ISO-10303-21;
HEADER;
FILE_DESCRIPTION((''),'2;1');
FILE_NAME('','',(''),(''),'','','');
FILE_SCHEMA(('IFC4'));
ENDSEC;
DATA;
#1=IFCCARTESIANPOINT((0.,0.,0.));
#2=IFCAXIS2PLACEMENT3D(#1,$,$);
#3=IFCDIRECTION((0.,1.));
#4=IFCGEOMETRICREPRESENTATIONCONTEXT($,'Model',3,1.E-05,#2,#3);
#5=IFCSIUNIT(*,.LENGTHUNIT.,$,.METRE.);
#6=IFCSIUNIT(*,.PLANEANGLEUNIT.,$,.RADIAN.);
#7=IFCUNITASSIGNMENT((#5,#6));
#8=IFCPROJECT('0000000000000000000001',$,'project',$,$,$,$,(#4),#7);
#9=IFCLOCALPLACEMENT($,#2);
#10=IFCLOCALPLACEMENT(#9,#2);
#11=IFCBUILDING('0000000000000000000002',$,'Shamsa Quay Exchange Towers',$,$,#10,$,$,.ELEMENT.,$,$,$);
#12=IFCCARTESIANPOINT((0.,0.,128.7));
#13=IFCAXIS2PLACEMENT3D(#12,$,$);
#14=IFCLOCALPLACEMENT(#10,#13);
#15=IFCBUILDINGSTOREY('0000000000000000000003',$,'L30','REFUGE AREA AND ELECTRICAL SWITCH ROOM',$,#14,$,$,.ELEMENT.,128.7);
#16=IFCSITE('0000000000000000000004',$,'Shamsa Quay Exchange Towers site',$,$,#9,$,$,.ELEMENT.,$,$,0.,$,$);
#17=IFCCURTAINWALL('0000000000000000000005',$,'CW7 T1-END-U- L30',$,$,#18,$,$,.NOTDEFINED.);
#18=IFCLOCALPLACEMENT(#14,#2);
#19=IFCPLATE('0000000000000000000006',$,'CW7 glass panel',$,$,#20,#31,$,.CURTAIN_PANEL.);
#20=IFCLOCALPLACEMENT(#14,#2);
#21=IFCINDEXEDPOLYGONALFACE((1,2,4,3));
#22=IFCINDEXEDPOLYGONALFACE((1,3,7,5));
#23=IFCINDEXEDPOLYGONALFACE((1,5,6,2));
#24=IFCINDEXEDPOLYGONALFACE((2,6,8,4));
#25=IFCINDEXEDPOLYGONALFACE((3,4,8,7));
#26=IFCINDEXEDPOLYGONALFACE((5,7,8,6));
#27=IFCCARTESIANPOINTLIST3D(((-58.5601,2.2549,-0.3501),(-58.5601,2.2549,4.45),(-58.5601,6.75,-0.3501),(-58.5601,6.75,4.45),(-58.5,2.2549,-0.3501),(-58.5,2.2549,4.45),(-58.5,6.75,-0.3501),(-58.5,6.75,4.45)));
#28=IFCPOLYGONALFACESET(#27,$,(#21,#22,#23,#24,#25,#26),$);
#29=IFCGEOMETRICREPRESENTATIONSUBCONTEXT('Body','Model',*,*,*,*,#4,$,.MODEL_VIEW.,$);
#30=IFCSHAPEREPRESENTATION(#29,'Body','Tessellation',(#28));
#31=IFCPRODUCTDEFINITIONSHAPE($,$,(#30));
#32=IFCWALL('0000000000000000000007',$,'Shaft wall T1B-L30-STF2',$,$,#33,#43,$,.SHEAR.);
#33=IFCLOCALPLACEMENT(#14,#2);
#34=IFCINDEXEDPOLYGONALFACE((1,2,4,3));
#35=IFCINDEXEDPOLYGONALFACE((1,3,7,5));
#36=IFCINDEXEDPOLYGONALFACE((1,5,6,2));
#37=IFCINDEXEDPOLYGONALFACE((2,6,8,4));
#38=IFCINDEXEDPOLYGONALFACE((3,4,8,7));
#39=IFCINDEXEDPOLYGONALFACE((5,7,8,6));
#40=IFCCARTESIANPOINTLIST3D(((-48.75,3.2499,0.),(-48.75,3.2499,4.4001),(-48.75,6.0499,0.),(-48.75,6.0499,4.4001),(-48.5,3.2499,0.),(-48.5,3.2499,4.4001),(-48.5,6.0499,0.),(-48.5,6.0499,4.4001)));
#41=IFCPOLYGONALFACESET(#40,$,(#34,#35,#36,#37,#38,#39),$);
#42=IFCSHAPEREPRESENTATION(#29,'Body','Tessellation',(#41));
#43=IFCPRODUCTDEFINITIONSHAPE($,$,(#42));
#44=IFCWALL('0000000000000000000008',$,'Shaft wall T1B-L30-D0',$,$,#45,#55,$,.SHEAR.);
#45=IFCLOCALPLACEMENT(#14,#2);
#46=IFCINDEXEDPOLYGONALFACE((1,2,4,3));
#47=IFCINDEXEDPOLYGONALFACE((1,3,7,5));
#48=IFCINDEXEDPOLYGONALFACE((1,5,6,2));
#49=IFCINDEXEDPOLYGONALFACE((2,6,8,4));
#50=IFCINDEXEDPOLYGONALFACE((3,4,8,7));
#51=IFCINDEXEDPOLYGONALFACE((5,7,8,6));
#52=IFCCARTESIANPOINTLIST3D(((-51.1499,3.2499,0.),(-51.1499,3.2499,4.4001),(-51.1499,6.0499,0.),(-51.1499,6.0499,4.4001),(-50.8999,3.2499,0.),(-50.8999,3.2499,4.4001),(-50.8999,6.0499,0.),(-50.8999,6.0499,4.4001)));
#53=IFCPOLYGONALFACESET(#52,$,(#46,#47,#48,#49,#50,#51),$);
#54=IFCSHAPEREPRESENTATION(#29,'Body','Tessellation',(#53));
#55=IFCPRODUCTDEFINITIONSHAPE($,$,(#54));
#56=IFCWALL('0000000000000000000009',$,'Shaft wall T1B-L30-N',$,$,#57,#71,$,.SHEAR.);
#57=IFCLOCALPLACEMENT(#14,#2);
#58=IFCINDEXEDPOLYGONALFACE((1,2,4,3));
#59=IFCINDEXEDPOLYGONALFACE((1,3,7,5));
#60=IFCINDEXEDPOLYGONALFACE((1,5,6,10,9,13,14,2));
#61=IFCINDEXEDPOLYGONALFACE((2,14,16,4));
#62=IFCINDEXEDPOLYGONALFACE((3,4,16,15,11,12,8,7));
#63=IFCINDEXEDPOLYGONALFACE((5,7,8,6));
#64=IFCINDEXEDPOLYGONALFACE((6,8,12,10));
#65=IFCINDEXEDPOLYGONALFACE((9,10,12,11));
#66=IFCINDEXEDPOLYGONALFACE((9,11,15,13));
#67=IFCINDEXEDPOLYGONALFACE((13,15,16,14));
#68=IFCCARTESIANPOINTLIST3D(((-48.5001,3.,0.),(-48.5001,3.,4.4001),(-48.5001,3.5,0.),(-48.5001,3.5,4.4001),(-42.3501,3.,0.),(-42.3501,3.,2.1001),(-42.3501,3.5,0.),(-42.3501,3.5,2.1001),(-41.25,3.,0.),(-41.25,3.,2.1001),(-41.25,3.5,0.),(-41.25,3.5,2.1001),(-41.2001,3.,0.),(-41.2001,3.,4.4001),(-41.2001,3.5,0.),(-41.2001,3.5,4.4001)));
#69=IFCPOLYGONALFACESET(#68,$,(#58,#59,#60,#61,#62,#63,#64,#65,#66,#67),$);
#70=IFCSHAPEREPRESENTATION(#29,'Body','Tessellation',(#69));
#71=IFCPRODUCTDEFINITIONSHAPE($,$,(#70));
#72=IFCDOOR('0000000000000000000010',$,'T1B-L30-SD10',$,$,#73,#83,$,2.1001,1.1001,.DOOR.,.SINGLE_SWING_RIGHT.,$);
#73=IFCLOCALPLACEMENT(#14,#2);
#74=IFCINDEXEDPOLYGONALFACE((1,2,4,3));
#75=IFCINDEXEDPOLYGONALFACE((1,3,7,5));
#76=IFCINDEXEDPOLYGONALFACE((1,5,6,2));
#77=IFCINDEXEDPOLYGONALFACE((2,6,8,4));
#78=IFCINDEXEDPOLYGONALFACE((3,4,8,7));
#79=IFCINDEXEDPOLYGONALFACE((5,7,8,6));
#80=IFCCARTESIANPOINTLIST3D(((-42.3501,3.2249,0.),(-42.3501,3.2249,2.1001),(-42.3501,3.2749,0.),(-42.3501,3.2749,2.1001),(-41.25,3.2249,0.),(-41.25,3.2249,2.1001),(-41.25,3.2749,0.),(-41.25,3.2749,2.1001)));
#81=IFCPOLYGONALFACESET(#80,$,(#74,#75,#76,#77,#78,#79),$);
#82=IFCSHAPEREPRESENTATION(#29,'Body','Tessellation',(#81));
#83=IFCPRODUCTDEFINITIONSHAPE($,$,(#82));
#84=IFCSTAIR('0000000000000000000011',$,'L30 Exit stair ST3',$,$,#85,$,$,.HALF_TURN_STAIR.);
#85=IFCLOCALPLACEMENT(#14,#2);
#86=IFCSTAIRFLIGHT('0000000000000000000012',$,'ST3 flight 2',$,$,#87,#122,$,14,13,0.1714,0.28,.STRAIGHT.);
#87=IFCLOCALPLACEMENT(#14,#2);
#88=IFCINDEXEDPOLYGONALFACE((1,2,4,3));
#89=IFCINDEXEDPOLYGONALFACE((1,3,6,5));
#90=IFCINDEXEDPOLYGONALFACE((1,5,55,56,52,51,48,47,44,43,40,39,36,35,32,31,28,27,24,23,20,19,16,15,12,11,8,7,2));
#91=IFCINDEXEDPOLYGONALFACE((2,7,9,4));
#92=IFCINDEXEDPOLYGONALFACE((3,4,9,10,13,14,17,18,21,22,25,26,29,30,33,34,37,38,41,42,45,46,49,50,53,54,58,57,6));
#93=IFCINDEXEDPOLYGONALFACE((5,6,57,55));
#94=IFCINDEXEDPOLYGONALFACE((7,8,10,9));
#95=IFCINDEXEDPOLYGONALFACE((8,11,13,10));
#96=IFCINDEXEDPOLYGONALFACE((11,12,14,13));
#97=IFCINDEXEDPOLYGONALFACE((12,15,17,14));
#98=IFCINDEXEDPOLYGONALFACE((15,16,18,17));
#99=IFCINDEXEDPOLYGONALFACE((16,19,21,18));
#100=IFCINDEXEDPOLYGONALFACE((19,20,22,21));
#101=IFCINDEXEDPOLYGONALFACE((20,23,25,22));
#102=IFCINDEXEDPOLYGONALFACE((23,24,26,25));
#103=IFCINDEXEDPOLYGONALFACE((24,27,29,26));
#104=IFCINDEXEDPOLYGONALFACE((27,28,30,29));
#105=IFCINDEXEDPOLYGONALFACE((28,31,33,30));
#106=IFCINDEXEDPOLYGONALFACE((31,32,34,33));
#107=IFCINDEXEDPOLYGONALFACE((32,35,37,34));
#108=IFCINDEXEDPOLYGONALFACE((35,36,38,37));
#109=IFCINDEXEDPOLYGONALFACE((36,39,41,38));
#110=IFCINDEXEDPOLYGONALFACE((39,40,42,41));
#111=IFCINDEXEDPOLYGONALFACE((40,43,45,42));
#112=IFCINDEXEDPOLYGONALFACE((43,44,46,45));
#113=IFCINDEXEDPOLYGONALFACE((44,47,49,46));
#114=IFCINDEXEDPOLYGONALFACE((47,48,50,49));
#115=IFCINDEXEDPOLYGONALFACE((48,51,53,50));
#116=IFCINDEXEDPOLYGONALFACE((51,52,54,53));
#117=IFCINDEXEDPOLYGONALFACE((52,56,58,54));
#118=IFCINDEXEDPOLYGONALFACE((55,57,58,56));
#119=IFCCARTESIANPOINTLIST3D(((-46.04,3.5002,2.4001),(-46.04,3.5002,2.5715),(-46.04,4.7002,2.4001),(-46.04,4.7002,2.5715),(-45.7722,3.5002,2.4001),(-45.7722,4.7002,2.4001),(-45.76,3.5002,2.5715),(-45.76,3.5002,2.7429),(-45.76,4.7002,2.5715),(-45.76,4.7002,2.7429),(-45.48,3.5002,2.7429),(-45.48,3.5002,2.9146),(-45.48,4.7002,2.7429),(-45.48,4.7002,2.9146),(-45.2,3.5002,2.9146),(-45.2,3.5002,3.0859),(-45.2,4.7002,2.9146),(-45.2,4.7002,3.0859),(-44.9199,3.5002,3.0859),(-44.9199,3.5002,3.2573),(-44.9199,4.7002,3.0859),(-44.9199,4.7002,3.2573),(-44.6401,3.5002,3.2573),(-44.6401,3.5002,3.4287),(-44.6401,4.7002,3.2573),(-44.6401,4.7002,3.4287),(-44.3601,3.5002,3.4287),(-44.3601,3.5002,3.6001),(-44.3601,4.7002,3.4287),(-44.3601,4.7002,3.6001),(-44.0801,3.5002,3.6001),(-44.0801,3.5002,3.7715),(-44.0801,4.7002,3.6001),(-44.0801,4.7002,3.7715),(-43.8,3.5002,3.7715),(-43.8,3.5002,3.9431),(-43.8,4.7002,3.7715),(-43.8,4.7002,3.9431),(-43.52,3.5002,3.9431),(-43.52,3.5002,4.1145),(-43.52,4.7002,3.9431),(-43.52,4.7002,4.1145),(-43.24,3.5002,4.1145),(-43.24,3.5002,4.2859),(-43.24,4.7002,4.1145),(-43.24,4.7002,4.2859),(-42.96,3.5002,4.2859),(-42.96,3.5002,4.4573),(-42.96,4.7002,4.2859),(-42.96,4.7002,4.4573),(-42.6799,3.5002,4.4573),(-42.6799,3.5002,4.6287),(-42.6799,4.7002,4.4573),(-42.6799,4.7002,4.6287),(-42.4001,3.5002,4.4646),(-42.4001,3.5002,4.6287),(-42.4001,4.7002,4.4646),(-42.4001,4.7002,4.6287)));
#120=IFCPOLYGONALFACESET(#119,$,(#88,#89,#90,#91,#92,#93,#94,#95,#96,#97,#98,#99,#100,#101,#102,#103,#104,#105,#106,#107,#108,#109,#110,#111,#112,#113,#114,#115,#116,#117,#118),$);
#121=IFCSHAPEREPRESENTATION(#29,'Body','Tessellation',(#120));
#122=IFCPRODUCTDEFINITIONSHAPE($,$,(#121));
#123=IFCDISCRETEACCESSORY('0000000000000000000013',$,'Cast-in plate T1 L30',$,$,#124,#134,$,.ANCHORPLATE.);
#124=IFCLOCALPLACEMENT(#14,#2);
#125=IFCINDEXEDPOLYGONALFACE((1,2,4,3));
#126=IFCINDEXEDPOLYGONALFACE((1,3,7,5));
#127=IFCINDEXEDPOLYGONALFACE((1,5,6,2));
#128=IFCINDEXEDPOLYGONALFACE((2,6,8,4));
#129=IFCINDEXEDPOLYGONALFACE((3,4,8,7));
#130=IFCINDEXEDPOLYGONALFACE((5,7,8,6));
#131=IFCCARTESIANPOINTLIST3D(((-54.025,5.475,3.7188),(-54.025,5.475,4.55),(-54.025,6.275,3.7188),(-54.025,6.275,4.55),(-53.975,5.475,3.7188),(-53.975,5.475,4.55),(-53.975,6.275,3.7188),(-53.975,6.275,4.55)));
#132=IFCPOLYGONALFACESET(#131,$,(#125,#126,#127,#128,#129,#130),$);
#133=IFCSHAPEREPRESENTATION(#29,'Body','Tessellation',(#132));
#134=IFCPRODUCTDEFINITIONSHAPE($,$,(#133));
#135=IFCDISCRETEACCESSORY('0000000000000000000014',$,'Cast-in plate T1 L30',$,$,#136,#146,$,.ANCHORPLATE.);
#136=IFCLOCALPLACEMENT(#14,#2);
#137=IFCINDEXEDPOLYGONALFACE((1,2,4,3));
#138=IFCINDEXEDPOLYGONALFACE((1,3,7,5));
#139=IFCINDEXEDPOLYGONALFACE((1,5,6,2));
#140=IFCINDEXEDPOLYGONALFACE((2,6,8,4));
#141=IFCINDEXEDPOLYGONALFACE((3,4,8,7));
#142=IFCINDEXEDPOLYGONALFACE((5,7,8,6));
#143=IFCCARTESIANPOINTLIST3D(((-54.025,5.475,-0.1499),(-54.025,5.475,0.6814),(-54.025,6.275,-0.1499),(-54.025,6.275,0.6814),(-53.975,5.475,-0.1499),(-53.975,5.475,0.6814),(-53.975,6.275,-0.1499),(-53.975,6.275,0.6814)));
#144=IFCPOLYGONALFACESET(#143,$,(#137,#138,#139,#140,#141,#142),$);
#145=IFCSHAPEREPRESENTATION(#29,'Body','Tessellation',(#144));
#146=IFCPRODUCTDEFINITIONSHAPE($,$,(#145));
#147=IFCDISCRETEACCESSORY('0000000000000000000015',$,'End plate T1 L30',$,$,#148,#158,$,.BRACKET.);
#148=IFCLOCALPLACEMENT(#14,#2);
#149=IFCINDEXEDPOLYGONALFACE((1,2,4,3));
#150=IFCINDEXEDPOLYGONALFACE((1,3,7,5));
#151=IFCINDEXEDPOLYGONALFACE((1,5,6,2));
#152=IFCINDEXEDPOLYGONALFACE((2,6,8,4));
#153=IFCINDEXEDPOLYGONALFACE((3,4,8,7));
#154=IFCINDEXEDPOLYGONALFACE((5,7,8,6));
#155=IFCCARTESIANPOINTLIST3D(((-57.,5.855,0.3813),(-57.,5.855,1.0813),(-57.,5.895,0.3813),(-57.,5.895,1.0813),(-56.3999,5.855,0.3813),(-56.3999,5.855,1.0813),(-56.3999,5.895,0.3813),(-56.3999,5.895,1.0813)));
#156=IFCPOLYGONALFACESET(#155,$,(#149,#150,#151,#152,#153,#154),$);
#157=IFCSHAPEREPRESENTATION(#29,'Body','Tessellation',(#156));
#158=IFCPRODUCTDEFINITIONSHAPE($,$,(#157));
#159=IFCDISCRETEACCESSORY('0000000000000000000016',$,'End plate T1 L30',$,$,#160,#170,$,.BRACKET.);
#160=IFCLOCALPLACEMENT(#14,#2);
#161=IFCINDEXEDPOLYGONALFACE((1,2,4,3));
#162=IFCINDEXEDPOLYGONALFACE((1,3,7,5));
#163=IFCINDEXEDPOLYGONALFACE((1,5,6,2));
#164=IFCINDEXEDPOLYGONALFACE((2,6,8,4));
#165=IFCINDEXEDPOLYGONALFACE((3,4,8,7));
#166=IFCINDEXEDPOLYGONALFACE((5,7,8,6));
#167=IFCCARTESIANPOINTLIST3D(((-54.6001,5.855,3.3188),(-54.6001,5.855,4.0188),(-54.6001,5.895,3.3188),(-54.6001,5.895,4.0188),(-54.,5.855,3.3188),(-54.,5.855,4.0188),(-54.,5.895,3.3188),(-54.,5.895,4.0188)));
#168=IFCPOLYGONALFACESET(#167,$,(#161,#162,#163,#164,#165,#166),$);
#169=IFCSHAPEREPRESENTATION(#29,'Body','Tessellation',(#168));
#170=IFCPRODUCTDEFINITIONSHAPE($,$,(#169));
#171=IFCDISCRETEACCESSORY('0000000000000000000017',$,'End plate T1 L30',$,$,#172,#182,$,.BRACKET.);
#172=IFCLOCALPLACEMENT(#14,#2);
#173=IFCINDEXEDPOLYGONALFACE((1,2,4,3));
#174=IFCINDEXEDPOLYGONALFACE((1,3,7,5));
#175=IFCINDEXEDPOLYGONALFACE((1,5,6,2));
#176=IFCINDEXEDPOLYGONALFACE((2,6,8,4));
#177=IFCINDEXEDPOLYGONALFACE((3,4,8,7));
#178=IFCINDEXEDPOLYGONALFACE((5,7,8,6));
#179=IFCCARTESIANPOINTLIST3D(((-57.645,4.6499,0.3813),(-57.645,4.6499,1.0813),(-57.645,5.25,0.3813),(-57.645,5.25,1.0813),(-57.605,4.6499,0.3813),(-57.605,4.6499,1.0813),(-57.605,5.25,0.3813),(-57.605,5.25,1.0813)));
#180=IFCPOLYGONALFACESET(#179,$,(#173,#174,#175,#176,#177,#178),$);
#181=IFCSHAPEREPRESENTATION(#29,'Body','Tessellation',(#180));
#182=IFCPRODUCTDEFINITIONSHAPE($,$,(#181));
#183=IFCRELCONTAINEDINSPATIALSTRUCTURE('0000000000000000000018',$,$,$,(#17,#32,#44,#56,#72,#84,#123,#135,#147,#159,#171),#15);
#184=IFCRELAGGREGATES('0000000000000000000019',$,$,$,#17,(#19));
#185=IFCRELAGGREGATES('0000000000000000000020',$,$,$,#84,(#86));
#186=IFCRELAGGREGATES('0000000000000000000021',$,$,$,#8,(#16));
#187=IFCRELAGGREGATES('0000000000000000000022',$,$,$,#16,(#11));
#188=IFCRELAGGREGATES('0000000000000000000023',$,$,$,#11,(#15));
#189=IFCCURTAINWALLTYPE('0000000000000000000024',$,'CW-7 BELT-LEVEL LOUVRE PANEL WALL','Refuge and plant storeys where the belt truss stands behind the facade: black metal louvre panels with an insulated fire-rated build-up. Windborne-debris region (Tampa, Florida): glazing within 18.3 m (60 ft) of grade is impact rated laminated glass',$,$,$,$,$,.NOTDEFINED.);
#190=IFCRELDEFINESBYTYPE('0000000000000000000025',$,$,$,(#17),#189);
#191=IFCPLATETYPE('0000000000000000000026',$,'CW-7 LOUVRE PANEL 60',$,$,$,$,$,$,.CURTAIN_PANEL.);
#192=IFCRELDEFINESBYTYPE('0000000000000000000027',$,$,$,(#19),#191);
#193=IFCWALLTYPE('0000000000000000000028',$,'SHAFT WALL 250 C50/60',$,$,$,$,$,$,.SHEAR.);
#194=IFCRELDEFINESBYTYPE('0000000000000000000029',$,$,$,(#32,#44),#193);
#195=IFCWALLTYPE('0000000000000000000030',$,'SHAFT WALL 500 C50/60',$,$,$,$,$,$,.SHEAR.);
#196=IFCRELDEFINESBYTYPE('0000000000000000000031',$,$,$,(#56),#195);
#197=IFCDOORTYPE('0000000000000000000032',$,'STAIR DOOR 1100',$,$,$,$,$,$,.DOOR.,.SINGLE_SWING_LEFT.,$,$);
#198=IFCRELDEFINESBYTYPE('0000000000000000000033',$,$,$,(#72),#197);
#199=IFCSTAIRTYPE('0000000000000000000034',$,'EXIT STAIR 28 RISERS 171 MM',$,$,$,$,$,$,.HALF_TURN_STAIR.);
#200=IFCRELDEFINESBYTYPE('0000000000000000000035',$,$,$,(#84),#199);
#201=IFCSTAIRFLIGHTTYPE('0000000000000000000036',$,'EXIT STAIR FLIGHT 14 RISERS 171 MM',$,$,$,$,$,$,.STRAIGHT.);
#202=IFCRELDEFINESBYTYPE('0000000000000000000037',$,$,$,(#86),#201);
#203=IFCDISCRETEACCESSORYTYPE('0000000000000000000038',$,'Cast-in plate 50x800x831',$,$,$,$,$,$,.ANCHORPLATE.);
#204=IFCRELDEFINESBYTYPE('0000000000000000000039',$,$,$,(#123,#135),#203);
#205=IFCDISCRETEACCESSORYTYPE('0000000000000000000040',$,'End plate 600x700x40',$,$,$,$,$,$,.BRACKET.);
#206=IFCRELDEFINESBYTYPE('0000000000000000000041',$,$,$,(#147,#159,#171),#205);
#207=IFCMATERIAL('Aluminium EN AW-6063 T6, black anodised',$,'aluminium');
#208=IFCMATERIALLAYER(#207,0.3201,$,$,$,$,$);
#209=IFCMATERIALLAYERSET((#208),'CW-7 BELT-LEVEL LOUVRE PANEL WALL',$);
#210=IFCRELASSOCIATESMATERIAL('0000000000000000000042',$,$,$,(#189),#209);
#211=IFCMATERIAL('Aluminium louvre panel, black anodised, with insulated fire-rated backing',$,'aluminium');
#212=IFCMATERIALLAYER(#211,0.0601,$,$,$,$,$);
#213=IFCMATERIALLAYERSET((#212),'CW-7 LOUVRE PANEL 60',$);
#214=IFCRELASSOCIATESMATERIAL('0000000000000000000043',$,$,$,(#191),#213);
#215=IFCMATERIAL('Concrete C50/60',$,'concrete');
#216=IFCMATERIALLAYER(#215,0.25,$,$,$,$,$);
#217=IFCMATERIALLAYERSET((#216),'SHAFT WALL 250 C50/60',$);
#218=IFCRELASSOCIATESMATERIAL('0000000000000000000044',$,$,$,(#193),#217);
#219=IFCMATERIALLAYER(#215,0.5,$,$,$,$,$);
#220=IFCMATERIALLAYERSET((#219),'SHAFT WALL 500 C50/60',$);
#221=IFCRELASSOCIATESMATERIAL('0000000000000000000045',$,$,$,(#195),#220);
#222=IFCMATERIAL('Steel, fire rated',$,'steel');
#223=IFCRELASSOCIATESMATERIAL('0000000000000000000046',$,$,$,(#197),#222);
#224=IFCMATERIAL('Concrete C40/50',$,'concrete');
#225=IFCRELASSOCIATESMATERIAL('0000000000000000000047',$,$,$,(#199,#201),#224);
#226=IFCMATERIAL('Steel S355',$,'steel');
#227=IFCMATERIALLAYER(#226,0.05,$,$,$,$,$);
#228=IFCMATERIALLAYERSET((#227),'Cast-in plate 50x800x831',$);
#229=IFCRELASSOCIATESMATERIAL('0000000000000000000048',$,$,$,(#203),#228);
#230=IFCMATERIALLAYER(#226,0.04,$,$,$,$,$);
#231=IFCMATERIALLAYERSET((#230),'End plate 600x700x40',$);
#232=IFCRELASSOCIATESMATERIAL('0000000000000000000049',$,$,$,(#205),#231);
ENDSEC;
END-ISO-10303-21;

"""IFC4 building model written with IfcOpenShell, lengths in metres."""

from ifc_helpers import new_model, si_unit, direction, frame, frame_2d, origin, origin_2d, place, context, subcontext, project, spatial, polyline, rectangle, outline, extrude, material, layer, layer_set, type_object, element, fill, aggregate, save


model = new_model("IFC4")

# Units and contexts
model_context = context("Model", 3, precision=1e-05, world=origin(), true_north=direction((0.0, 1.0)))
body_context = subcontext(model_context, "Body", "Model", "MODEL_VIEW")
ifc_project = project(units=[si_unit("LENGTHUNIT", "METRE"), si_unit("PLANEANGLEUNIT", "RADIAN")], contexts=[model_context])

# Site, building, storey
site_placement = place(None, origin())
site = spatial("IfcSite", under=ifc_project, at=site_placement, Name="Shamsa Quay Exchange Towers site", CompositionType="ELEMENT", RefElevation=0.0)
building_placement = place(site_placement, origin())
building = spatial("IfcBuilding", under=site, at=building_placement, Name="Shamsa Quay Exchange Towers", CompositionType="ELEMENT")
storey_placement = place(building_placement, frame((0.0, 0.0, 128.7)))
storey = spatial("IfcBuildingStorey", under=building, at=storey_placement, Name="L30", Description="REFUGE AREA AND ELECTRICAL SWITCH ROOM", CompositionType="ELEMENT", Elevation=128.7)

# Shared definitions
ifc_material_1 = material(Name="Steel S355", Category="steel")

# Shared definitions
ifc_material_2 = material(Name="Aluminium EN AW-6063 T6, black anodised", Category="aluminium")
ifc_layer_1 = layer(ifc_material_2, 0.3201)
ifc_layer_set_1 = layer_set([ifc_layer_1], Name="CW-7 BELT-LEVEL LOUVRE PANEL WALL")
curtain_wall_type = type_object("IfcCurtainWallType", Name="CW-7 BELT-LEVEL LOUVRE PANEL WALL", Description="Refuge and plant storeys where the belt truss stands behind the facade: black metal louvre panels with an insulated fire-rated build-up. Windborne-debris region (Tampa, Florida): glazing within 18.3 m (60 ft) of grade is impact rated laminated glass", PredefinedType="NOTDEFINED", material=ifc_layer_set_1)
ifc_material_3 = material(Name="Aluminium louvre panel, black anodised, with insulated fire-rated backing", Category="aluminium")
ifc_layer_2 = layer(ifc_material_3, 0.0601)
ifc_layer_set_2 = layer_set([ifc_layer_2], Name="CW-7 LOUVRE PANEL 60")
plate_type = type_object("IfcPlateType", Name="CW-7 LOUVRE PANEL 60", PredefinedType="CURTAIN_PANEL", material=ifc_layer_set_2)

# Curtain wall, plate
curtain_wall_1_placement = place(storey_placement, origin())
curtain_wall_1 = element("IfcCurtainWall", 1, at=curtain_wall_1_placement, inside=storey, type_object=curtain_wall_type, Name="CW7 T1-END-U- L30", PredefinedType="NOTDEFINED")
plate_1_placement = place(storey_placement, frame((-58.53, 4.5024, -0.3501), z_axis=(0.0, 0.0, 1.0), x_axis=(0.0, -1.0, 0.0)))
plate_1 = element("IfcPlate", 2, at=plate_1_placement, type_object=plate_type, Name="CW7 glass panel", PredefinedType="CURTAIN_PANEL", context=body_context, shape_type="SweptSolid", body=[
    extrude(rectangle(XDim=4.4951, YDim=0.0601, at=origin_2d()), origin(), (0.0, 0.0, 1.0), 4.8),
])
aggregate(curtain_wall_1, [plate_1])

# Walls
ifc_material_4 = material(Name="Concrete C50/60", Category="concrete")
ifc_layer_3 = layer(ifc_material_4, 0.25)
ifc_layer_set_3 = layer_set([ifc_layer_3], Name="SHAFT WALL 250 C50/60")
wall_type_1 = type_object("IfcWallType", Name="SHAFT WALL 250 C50/60", PredefinedType="SHEAR", material=ifc_layer_set_3)
for number, where, z_axis, x_axis, name in (
    (3, (-48.625, 3.25, 0.0), (0.0, 0.0, 1.0), (0.0, 1.0, 0.0), "Shaft wall T1B-L30-STF2"),
    (4, (-51.0249, 3.25, 0.0), (0.0, 0.0, 1.0), (0.0, 1.0, 0.0), "Shaft wall T1B-L30-D0"),
):
    element("IfcWall", number, at=place(storey_placement, frame(where, z_axis=z_axis, x_axis=x_axis)), inside=storey, type_object=wall_type_1, Name=name, PredefinedType="SHEAR", context=body_context, shape_type="SweptSolid", body=[
        extrude(rectangle(XDim=2.8, YDim=0.25, at=frame_2d((1.3999, 0.0))), origin(), (0.0, 0.0, 1.0), 4.4001),
    ])

# Wall, opening, door
ifc_layer_4 = layer(ifc_material_4, 0.5)
ifc_layer_set_4 = layer_set([ifc_layer_4], Name="SHAFT WALL 500 C50/60")
wall_type_2 = type_object("IfcWallType", Name="SHAFT WALL 500 C50/60", PredefinedType="SHEAR", material=ifc_layer_set_4)
wall_placement = place(storey_placement, frame((-48.5, 3.25, 0.0)))
wall = element("IfcWall", 5, at=wall_placement, inside=storey, type_object=wall_type_2, Name="Shaft wall T1B-L30-N", PredefinedType="SHEAR", context=body_context, shape_type="SweptSolid", body=[
    extrude(rectangle(XDim=7.3, YDim=0.5, at=frame_2d((3.6499, 0.0))), origin(), (0.0, 0.0, 1.0), 4.4001),
])
opening_placement = place(wall_placement, frame((6.1499, 0.0, 0.0)))
opening = element("IfcOpeningElement", 6, at=opening_placement, cuts=wall, PredefinedType="OPENING", context=body_context, shape_type="SweptSolid", body=[
    extrude(rectangle(XDim=1.1001, YDim=2.1001, at=frame_2d((0.55, 1.05))), frame((0.0, 0.26, 0.0), z_axis=(0.0, -1.0, 0.0), x_axis=(1.0, 0.0, 0.0)), (0.0, 0.0, 1.0), 0.52),
])
ifc_material_5 = material(Name="Steel, fire rated", Category="steel")
door_type = type_object("IfcDoorType", Name="STAIR DOOR 1100", OperationType="SINGLE_SWING_LEFT", PredefinedType="DOOR", material=ifc_material_5)
door_placement = place(opening_placement, origin())
door = element("IfcDoor", 7, at=door_placement, inside=storey, type_object=door_type, Name="T1B-L30-SD10", OperationType="SINGLE_SWING_RIGHT", OverallHeight=2.1001, OverallWidth=1.1001, PredefinedType="DOOR", context=body_context, shape_type="SweptSolid", body=[
    extrude(rectangle(XDim=1.1001, YDim=2.1001, at=frame_2d((0.55, 1.05))), frame((0.0, 0.0249, 0.0), z_axis=(0.0, -1.0, 0.0), x_axis=(1.0, 0.0, 0.0)), (0.0, 0.0, 1.0), 0.05),
])
fill(opening, door)

# Stair, stair flight
ifc_material_6 = material(Name="Concrete C40/50", Category="concrete")
stair_type = type_object("IfcStairType", Name="EXIT STAIR 28 RISERS 171 MM", PredefinedType="HALF_TURN_STAIR", material=ifc_material_6)
stair_placement = place(storey_placement, origin())
stair = element("IfcStair", 8, at=stair_placement, inside=storey, type_object=stair_type, Name="L30 Exit stair ST3", PredefinedType="HALF_TURN_STAIR")
stair_flight_type = type_object("IfcStairFlightType", Name="EXIT STAIR FLIGHT 14 RISERS 171 MM", PredefinedType="STRAIGHT", material=ifc_material_6)
stair_flight_placement = place(storey_placement, frame((-46.04, 4.1001, 2.4001)))
stair_flight = element("IfcStairFlight", 9, at=stair_flight_placement, type_object=stair_flight_type, Name="ST3 flight 2", NumberOfRisers=14, NumberOfTreads=13, PredefinedType="STRAIGHT", RiserHeight=0.1714, TreadLength=0.28, context=body_context, shape_type="SweptSolid", body=[
    extrude(outline(polyline([(0.0, 0.0), (0.0, 0.1714), (0.28, 0.1714), (0.28, 0.3428), (0.5601, 0.3428), (0.5601, 0.5144), (0.8401, 0.5144), (0.8401, 0.6858), (1.1201, 0.6858), (1.1201, 0.8572), (1.3999, 0.8572), (1.3999, 1.0286), (1.6799, 1.0286), (1.6799, 1.2), (1.96, 1.2), (1.96, 1.3713), (2.24, 1.3713), (2.24, 1.543), (2.52, 1.543), (2.52, 1.7144), (2.8, 1.7144), (2.8, 1.8857), (3.0801, 1.8857), (3.0801, 2.0571), (3.3601, 2.0571), (3.3601, 2.2285), (3.6399, 2.2285), (3.6399, 2.3999), (3.6399, 2.0645), (0.2678, 0.0), (0.0, 0.0)])), frame((0.0, 0.6001, 0.0), z_axis=(0.0, -1.0, 0.0), x_axis=(1.0, 0.0, 0.0)), (0.0, 0.0, 1.0), 1.2),
])
aggregate(stair, [stair_flight])

# Discrete accessories
ifc_layer_5 = layer(ifc_material_1, 0.05)
ifc_layer_set_5 = layer_set([ifc_layer_5], Name="Cast-in plate 50x800x831")
discrete_accessory_type_1 = type_object("IfcDiscreteAccessoryType", Name="Cast-in plate 50x800x831", PredefinedType="ANCHORPLATE", material=ifc_layer_set_5)
for number, where, name in (
    (10, (-54.0, 5.875, 3.7188), "Cast-in plate T1 L30"),
    (11, (-54.0, 5.875, -0.1499), "Cast-in plate T1 L30"),
):
    element("IfcDiscreteAccessory", number, at=place(storey_placement, frame(where)), inside=storey, type_object=discrete_accessory_type_1, Name=name, PredefinedType="ANCHORPLATE", context=body_context, shape_type="SweptSolid", body=[
        extrude(rectangle(XDim=0.05, YDim=0.8, at=origin_2d()), origin(), (0.0, 0.0, 1.0), 0.8313),
    ])
ifc_layer_6 = layer(ifc_material_1, 0.04)
ifc_layer_set_6 = layer_set([ifc_layer_6], Name="End plate 600x700x40")
discrete_accessory_type_2 = type_object("IfcDiscreteAccessoryType", Name="End plate 600x700x40", PredefinedType="BRACKET", material=ifc_layer_set_6)
for number, where, name in (
    (12, (-56.7, 5.875, 0.3813), "End plate T1 L30"),
    (13, (-54.3, 5.875, 3.3188), "End plate T1 L30"),
):
    element("IfcDiscreteAccessory", number, at=place(storey_placement, frame(where)), inside=storey, type_object=discrete_accessory_type_2, Name=name, PredefinedType="BRACKET", context=body_context, shape_type="SweptSolid", body=[
        extrude(rectangle(XDim=0.6001, YDim=0.04, at=origin_2d()), origin(), (0.0, 0.0, 1.0), 0.7),
    ])
discrete_accessory_placement = place(storey_placement, frame((-57.625, 4.95, 0.3813), z_axis=(0.0, 0.0, 1.0), x_axis=(0.0, -1.0, 0.0)))
element("IfcDiscreteAccessory", 14, at=discrete_accessory_placement, inside=storey, type_object=discrete_accessory_type_2, Name="End plate T1 L30", PredefinedType="BRACKET", context=body_context, shape_type="SweptSolid", body=[
    extrude(rectangle(XDim=0.6001, YDim=0.04, at=origin_2d()), origin(), (0.0, 0.0, 1.0), 0.7),
])

save(model, "model.ifc")
